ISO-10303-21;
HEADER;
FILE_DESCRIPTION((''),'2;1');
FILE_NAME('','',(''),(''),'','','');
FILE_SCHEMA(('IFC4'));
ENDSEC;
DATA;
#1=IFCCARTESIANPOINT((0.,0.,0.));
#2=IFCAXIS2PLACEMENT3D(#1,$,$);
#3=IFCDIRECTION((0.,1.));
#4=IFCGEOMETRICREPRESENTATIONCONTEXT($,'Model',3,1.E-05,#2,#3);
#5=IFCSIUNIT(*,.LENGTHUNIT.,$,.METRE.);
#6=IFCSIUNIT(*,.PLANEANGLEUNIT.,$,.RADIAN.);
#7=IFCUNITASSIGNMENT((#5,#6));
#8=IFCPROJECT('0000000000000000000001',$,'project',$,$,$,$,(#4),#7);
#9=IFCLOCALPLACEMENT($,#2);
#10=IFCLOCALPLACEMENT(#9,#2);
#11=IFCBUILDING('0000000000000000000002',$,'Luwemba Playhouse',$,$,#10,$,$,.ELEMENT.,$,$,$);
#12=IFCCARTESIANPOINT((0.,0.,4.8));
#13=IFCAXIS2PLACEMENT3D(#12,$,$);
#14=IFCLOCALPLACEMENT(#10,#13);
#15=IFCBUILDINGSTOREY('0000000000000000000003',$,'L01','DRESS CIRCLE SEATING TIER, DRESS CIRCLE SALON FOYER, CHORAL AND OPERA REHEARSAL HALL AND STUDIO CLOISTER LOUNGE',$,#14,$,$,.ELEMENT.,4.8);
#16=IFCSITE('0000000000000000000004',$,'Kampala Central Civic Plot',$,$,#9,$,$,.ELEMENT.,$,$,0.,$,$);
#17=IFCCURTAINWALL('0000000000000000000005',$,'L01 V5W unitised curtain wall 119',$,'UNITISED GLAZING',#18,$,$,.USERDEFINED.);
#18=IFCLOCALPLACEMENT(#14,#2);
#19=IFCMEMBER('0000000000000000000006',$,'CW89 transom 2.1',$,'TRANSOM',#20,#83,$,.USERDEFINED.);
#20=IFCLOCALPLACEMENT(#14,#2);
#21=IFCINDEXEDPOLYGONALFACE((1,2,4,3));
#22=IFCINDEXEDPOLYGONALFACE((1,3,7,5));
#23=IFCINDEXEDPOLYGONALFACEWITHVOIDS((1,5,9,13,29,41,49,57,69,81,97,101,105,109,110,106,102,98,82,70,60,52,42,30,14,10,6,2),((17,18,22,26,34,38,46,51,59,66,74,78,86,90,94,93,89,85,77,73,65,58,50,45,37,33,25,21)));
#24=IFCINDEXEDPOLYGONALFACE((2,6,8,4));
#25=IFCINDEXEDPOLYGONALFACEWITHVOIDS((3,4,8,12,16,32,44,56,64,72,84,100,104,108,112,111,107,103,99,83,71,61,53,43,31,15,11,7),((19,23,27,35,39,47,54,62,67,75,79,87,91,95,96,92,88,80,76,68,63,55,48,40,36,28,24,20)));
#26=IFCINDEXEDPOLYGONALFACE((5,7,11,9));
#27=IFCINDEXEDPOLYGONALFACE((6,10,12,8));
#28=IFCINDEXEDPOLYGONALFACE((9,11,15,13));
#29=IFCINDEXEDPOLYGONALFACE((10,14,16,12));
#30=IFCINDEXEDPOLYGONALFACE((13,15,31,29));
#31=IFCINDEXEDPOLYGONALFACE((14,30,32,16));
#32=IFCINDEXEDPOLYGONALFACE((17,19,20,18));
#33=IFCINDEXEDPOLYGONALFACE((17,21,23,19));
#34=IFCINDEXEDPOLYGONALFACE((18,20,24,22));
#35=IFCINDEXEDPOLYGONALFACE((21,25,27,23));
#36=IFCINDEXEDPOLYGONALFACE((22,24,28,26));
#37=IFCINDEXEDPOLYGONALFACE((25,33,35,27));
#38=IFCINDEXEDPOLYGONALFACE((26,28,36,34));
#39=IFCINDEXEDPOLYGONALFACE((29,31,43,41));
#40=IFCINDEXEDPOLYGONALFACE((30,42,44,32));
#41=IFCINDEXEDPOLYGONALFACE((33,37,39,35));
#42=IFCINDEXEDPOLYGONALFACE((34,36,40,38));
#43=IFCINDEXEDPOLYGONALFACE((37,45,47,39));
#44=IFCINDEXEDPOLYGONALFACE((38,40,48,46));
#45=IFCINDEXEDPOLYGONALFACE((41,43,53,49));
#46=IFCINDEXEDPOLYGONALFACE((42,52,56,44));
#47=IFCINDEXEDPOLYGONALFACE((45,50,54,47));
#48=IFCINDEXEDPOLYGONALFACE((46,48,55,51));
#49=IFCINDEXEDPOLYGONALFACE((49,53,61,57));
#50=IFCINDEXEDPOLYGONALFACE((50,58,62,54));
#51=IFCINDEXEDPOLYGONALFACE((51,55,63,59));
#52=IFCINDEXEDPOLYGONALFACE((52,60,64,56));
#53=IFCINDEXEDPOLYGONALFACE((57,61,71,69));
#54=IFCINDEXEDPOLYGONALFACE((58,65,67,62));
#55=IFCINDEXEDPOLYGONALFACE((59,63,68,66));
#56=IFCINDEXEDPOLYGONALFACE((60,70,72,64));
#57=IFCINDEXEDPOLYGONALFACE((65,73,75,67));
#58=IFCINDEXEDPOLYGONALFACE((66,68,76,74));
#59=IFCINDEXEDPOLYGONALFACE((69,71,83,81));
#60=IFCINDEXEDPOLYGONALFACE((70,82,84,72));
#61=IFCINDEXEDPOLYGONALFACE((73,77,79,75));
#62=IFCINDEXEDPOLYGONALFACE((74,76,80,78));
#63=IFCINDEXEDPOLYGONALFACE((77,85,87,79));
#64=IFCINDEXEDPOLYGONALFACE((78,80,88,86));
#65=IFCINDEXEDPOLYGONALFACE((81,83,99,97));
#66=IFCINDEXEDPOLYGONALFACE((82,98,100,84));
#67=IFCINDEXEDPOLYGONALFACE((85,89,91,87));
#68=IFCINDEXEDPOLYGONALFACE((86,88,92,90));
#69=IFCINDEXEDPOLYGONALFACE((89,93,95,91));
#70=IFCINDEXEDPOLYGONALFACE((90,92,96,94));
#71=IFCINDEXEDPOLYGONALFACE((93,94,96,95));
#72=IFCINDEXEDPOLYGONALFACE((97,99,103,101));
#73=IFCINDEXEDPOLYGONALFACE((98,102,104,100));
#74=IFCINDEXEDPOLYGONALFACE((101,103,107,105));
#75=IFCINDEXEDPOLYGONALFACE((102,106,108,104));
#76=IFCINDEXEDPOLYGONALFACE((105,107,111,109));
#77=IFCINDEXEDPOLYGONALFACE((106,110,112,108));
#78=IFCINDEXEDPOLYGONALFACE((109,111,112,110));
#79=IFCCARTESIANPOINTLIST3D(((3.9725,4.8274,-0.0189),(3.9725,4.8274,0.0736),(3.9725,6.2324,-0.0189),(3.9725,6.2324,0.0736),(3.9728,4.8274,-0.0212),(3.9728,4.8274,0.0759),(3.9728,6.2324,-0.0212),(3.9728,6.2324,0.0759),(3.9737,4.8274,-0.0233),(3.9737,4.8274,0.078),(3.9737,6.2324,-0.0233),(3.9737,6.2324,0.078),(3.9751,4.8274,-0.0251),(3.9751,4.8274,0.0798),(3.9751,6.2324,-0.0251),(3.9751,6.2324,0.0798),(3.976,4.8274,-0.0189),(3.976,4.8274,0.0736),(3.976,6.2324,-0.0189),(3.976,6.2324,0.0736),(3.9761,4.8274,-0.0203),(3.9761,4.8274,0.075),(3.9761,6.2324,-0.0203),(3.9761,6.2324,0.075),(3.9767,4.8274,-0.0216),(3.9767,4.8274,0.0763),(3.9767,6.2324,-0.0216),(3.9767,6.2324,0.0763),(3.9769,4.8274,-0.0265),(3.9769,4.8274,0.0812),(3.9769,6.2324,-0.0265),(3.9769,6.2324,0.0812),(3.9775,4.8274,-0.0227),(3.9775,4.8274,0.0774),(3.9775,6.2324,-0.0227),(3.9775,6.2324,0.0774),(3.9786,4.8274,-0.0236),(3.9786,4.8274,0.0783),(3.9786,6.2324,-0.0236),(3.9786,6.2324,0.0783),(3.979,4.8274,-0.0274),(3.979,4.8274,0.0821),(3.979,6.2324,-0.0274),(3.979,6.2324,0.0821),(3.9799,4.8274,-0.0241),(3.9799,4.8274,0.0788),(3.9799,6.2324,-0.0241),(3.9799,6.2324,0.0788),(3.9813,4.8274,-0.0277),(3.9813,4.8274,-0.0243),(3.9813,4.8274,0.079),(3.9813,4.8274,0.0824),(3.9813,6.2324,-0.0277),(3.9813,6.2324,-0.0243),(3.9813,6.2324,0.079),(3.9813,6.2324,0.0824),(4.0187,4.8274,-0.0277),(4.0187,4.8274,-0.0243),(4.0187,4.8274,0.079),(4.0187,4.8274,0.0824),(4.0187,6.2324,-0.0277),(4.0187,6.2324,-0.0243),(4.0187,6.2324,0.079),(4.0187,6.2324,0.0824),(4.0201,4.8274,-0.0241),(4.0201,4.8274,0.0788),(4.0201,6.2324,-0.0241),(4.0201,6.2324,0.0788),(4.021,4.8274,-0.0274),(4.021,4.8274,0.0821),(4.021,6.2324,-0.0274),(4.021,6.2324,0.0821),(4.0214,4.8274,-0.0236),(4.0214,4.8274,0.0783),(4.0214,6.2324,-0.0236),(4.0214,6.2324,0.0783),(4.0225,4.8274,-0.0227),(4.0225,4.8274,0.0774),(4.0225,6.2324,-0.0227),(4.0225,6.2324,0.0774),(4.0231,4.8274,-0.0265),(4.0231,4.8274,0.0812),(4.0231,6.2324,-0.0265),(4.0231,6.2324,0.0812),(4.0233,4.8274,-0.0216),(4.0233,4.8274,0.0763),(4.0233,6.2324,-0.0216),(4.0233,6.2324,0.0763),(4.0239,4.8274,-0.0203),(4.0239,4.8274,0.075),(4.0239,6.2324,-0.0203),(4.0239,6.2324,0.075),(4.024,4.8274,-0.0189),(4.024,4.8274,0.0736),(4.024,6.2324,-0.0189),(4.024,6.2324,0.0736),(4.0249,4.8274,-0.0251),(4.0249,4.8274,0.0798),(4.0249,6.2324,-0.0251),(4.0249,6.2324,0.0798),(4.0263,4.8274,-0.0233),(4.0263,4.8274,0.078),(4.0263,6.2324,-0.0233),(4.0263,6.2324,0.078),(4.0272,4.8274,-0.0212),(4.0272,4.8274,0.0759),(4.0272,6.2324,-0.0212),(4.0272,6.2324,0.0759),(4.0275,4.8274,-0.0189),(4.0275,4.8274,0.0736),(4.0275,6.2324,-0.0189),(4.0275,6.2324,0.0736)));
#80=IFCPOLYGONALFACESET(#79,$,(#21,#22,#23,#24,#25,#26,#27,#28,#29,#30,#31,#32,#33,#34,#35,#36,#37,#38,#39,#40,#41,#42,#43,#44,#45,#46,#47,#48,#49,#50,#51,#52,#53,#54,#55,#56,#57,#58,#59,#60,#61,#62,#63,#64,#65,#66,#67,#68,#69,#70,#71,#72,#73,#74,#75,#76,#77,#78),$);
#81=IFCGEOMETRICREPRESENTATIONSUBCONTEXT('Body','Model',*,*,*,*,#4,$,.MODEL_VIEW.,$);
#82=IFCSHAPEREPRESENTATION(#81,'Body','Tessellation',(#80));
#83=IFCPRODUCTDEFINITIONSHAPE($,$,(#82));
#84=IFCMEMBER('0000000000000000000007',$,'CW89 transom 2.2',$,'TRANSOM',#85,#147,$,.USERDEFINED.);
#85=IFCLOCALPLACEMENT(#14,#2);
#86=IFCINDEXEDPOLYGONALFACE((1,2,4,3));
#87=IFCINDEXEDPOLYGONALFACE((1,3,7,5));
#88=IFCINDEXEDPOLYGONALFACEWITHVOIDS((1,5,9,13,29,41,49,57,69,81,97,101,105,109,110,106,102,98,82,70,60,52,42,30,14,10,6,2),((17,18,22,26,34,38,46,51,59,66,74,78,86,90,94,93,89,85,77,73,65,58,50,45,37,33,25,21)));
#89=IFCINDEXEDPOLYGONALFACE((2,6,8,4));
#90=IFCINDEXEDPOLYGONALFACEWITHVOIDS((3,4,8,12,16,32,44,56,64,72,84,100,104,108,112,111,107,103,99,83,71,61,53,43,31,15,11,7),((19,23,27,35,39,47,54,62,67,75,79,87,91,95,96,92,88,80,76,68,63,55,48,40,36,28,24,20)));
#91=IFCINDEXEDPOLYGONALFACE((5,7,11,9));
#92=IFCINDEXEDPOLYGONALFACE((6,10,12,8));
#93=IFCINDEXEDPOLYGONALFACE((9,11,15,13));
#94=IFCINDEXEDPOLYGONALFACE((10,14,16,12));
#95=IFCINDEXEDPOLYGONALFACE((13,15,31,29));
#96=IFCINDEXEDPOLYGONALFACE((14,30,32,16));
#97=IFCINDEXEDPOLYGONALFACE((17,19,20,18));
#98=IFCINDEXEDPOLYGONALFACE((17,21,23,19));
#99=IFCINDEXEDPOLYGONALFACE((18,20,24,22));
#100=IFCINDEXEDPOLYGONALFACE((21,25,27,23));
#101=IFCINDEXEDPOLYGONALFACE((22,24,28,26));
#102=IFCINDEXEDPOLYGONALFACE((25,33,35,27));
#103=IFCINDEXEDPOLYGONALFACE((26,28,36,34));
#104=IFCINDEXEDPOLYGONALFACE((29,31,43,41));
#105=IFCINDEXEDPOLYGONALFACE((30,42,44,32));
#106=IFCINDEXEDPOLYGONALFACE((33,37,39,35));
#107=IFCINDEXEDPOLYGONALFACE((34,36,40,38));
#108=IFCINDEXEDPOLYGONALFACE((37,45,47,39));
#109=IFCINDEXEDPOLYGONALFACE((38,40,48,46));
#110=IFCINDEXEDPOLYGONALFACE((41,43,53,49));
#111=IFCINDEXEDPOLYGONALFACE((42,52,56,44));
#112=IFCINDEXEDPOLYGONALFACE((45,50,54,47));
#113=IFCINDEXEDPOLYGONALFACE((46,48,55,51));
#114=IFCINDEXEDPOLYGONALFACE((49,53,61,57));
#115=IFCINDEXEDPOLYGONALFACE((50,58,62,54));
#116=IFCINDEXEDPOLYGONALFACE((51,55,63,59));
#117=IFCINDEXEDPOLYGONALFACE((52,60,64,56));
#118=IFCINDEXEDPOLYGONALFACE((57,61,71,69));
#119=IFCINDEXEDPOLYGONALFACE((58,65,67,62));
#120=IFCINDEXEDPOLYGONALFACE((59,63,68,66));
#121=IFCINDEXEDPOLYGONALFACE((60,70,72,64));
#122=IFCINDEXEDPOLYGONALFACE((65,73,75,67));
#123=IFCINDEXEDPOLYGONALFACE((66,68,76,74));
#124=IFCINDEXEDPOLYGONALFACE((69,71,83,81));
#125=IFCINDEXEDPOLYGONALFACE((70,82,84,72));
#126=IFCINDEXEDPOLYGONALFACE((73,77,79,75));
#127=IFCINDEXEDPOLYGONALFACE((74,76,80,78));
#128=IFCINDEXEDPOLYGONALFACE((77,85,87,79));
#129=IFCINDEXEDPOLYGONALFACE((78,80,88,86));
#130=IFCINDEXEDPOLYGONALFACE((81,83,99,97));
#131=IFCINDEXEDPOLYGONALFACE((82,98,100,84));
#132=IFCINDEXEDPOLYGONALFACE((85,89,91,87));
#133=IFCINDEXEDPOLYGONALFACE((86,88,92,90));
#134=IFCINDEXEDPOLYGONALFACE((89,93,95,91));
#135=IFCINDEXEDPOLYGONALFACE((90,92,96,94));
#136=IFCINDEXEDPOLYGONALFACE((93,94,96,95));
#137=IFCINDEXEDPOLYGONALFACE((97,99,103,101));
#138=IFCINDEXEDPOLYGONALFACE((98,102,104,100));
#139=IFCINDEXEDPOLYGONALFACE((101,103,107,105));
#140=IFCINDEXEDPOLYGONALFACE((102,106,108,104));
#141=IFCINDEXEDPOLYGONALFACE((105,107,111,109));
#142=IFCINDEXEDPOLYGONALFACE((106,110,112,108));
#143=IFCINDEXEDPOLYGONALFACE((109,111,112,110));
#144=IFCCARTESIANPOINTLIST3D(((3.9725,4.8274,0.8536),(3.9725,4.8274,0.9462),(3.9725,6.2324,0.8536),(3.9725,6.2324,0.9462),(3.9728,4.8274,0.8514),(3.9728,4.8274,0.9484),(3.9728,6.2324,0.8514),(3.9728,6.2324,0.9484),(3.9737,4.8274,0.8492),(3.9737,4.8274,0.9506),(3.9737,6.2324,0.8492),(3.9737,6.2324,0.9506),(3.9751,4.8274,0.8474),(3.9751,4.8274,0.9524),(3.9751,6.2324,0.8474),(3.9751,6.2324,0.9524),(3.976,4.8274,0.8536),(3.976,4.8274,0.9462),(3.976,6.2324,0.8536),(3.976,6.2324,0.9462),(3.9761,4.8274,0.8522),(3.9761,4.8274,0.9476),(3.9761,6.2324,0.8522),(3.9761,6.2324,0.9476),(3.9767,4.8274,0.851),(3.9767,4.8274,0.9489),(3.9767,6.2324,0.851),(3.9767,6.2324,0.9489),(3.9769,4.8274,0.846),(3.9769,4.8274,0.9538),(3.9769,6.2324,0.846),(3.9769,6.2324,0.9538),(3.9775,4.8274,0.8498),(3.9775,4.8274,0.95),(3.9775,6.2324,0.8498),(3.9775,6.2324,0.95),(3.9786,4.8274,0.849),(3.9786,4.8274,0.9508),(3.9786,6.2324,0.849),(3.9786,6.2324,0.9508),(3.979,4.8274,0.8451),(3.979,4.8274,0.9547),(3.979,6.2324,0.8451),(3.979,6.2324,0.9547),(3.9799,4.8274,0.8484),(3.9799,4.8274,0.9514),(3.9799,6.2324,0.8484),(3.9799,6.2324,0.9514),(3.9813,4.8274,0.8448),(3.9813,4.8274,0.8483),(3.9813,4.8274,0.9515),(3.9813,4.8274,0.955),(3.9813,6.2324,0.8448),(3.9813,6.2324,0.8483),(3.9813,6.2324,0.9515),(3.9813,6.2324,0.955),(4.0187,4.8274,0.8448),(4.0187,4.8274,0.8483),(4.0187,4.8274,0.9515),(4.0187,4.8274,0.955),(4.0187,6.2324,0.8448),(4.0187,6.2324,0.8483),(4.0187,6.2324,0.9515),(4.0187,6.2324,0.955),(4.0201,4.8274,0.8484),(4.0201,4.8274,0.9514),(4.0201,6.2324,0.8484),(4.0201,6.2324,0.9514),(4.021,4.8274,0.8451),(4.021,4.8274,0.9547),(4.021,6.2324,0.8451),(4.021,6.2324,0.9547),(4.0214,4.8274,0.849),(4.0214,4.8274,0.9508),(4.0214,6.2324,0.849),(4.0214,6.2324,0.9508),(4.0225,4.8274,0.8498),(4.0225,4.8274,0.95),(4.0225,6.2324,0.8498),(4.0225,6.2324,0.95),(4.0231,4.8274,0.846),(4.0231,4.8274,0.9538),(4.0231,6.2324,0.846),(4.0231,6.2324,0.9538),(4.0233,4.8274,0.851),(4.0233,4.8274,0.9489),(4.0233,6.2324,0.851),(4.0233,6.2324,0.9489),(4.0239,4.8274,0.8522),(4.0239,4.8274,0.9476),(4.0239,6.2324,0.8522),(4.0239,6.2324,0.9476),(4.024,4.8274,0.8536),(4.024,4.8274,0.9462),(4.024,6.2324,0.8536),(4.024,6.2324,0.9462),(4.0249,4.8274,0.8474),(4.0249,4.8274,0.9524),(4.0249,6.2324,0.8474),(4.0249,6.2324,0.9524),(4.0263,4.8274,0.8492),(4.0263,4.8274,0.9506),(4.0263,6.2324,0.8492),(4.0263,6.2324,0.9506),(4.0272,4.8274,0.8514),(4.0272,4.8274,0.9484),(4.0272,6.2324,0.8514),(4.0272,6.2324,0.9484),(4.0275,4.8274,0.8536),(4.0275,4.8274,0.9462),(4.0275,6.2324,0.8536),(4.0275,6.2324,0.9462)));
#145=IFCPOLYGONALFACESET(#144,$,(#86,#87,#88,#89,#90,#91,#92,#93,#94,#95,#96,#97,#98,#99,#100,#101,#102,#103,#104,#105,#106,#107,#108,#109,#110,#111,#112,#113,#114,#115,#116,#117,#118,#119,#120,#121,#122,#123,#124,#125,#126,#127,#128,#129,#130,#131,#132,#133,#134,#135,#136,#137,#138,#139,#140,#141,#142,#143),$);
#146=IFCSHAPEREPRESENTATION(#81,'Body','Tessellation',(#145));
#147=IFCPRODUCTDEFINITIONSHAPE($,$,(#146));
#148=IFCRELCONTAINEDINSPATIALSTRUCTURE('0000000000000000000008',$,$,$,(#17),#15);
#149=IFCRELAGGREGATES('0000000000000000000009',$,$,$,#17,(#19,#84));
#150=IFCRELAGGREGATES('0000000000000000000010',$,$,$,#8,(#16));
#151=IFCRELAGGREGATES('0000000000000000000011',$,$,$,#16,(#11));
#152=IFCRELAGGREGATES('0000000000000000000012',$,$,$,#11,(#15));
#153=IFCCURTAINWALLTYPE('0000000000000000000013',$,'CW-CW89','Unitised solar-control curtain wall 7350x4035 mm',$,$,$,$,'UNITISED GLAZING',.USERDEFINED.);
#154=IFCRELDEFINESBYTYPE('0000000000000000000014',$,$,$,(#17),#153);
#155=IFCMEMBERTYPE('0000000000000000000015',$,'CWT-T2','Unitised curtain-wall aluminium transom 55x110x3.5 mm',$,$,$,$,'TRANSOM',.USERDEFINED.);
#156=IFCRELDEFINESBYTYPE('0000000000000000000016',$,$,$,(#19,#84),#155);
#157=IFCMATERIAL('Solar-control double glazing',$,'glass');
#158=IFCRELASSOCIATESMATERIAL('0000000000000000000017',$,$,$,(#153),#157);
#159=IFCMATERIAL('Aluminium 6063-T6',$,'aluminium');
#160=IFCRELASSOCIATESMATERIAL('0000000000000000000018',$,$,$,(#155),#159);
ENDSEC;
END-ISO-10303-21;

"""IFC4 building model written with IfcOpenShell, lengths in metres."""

from ifc_helpers import new_model, si_unit, direction, frame, origin, origin_2d, place, context, subcontext, project, spatial, hollow_rectangle, extrude, material, material_profile, profile_set, type_object, element, aggregate, save


model = new_model("IFC4")

# Units and contexts
model_context = context("Model", 3, precision=1e-05, world=origin(), true_north=direction((0.0, 1.0)))
body_context = subcontext(model_context, "Body", "Model", "MODEL_VIEW")
ifc_project = project(units=[si_unit("LENGTHUNIT", "METRE"), si_unit("PLANEANGLEUNIT", "RADIAN")], contexts=[model_context])

# Site, building, storey
site_placement = place(None, origin())
site = spatial("IfcSite", under=ifc_project, at=site_placement, Name="Kampala Central Civic Plot", CompositionType="ELEMENT", RefElevation=0.0)
building_placement = place(site_placement, origin())
building = spatial("IfcBuilding", under=site, at=building_placement, Name="Luwemba Playhouse", CompositionType="ELEMENT")
storey_placement = place(building_placement, frame((0.0, 0.0, 4.8)))
storey = spatial("IfcBuildingStorey", under=building, at=storey_placement, Name="L01", Description="DRESS CIRCLE SEATING TIER, DRESS CIRCLE SALON FOYER, CHORAL AND OPERA REHEARSAL HALL AND STUDIO CLOISTER LOUNGE", CompositionType="ELEMENT", Elevation=4.8)

# Curtain wall
ifc_material_1 = material(Name="Solar-control double glazing", Category="glass")
curtain_wall_type_1 = type_object("IfcCurtainWallType", Name="CW-CW89", Description="Unitised solar-control curtain wall 7350x4035 mm", ElementType="UNITISED GLAZING", PredefinedType="USERDEFINED", material=ifc_material_1)
curtain_wall_1_placement = place(storey_placement, origin())
curtain_wall_1 = element("IfcCurtainWall", 1, at=curtain_wall_1_placement, inside=storey, type_object=curtain_wall_type_1, Name="L01 V5W unitised curtain wall 119", ObjectType="UNITISED GLAZING", PredefinedType="USERDEFINED")
ifc_material_2 = material(Name="Aluminium 6063-T6", Category="aluminium")

# Members
ifc_material_profile_1 = material_profile(ifc_material_2, hollow_rectangle(XDim=0.0549, YDim=0.1101, WallThickness=0.0034, InnerFilletRadius=0.0054, OuterFilletRadius=0.0088, at=origin_2d()))
ifc_profile_set_1 = profile_set([ifc_material_profile_1], Name="Aluminium 6063-T6")
member_type_1 = type_object("IfcMemberType", Name="CWT-T2", Description="Unitised curtain-wall aluminium transom 55x110x3.5 mm", ElementType="TRANSOM", PredefinedType="USERDEFINED", material=ifc_profile_set_1)
member_1_placement = place(storey_placement, frame((4.0, 4.8274, 0.0273), z_axis=(0.0, 1.0, 0.0), x_axis=(-1.0, 0.0, 0.0)))
member_1 = element("IfcMember", 2, at=member_1_placement, type_object=member_type_1, Name="CW89 transom 2.1", ObjectType="TRANSOM", PredefinedType="USERDEFINED", context=body_context, shape_type="SweptSolid", body=[
    extrude(hollow_rectangle(XDim=0.0549, YDim=0.1101, WallThickness=0.0034, InnerFilletRadius=0.0054, OuterFilletRadius=0.0088, at=origin_2d()), origin(), (0.0, 0.0, 1.0), 1.405),
])
member_2_placement = place(storey_placement, frame((4.0, 4.8274, 0.8999), z_axis=(0.0, 1.0, 0.0), x_axis=(-1.0, 0.0, 0.0)))
member_2 = element("IfcMember", 3, at=member_2_placement, type_object=member_type_1, Name="CW89 transom 2.2", ObjectType="TRANSOM", PredefinedType="USERDEFINED", context=body_context, shape_type="SweptSolid", body=[
    extrude(hollow_rectangle(XDim=0.0549, YDim=0.1101, WallThickness=0.0034, InnerFilletRadius=0.0054, OuterFilletRadius=0.0088, at=origin_2d()), origin(), (0.0, 0.0, 1.0), 1.405),
])

aggregate(curtain_wall_1, [member_1, member_2])

save(model, "model.ifc")
